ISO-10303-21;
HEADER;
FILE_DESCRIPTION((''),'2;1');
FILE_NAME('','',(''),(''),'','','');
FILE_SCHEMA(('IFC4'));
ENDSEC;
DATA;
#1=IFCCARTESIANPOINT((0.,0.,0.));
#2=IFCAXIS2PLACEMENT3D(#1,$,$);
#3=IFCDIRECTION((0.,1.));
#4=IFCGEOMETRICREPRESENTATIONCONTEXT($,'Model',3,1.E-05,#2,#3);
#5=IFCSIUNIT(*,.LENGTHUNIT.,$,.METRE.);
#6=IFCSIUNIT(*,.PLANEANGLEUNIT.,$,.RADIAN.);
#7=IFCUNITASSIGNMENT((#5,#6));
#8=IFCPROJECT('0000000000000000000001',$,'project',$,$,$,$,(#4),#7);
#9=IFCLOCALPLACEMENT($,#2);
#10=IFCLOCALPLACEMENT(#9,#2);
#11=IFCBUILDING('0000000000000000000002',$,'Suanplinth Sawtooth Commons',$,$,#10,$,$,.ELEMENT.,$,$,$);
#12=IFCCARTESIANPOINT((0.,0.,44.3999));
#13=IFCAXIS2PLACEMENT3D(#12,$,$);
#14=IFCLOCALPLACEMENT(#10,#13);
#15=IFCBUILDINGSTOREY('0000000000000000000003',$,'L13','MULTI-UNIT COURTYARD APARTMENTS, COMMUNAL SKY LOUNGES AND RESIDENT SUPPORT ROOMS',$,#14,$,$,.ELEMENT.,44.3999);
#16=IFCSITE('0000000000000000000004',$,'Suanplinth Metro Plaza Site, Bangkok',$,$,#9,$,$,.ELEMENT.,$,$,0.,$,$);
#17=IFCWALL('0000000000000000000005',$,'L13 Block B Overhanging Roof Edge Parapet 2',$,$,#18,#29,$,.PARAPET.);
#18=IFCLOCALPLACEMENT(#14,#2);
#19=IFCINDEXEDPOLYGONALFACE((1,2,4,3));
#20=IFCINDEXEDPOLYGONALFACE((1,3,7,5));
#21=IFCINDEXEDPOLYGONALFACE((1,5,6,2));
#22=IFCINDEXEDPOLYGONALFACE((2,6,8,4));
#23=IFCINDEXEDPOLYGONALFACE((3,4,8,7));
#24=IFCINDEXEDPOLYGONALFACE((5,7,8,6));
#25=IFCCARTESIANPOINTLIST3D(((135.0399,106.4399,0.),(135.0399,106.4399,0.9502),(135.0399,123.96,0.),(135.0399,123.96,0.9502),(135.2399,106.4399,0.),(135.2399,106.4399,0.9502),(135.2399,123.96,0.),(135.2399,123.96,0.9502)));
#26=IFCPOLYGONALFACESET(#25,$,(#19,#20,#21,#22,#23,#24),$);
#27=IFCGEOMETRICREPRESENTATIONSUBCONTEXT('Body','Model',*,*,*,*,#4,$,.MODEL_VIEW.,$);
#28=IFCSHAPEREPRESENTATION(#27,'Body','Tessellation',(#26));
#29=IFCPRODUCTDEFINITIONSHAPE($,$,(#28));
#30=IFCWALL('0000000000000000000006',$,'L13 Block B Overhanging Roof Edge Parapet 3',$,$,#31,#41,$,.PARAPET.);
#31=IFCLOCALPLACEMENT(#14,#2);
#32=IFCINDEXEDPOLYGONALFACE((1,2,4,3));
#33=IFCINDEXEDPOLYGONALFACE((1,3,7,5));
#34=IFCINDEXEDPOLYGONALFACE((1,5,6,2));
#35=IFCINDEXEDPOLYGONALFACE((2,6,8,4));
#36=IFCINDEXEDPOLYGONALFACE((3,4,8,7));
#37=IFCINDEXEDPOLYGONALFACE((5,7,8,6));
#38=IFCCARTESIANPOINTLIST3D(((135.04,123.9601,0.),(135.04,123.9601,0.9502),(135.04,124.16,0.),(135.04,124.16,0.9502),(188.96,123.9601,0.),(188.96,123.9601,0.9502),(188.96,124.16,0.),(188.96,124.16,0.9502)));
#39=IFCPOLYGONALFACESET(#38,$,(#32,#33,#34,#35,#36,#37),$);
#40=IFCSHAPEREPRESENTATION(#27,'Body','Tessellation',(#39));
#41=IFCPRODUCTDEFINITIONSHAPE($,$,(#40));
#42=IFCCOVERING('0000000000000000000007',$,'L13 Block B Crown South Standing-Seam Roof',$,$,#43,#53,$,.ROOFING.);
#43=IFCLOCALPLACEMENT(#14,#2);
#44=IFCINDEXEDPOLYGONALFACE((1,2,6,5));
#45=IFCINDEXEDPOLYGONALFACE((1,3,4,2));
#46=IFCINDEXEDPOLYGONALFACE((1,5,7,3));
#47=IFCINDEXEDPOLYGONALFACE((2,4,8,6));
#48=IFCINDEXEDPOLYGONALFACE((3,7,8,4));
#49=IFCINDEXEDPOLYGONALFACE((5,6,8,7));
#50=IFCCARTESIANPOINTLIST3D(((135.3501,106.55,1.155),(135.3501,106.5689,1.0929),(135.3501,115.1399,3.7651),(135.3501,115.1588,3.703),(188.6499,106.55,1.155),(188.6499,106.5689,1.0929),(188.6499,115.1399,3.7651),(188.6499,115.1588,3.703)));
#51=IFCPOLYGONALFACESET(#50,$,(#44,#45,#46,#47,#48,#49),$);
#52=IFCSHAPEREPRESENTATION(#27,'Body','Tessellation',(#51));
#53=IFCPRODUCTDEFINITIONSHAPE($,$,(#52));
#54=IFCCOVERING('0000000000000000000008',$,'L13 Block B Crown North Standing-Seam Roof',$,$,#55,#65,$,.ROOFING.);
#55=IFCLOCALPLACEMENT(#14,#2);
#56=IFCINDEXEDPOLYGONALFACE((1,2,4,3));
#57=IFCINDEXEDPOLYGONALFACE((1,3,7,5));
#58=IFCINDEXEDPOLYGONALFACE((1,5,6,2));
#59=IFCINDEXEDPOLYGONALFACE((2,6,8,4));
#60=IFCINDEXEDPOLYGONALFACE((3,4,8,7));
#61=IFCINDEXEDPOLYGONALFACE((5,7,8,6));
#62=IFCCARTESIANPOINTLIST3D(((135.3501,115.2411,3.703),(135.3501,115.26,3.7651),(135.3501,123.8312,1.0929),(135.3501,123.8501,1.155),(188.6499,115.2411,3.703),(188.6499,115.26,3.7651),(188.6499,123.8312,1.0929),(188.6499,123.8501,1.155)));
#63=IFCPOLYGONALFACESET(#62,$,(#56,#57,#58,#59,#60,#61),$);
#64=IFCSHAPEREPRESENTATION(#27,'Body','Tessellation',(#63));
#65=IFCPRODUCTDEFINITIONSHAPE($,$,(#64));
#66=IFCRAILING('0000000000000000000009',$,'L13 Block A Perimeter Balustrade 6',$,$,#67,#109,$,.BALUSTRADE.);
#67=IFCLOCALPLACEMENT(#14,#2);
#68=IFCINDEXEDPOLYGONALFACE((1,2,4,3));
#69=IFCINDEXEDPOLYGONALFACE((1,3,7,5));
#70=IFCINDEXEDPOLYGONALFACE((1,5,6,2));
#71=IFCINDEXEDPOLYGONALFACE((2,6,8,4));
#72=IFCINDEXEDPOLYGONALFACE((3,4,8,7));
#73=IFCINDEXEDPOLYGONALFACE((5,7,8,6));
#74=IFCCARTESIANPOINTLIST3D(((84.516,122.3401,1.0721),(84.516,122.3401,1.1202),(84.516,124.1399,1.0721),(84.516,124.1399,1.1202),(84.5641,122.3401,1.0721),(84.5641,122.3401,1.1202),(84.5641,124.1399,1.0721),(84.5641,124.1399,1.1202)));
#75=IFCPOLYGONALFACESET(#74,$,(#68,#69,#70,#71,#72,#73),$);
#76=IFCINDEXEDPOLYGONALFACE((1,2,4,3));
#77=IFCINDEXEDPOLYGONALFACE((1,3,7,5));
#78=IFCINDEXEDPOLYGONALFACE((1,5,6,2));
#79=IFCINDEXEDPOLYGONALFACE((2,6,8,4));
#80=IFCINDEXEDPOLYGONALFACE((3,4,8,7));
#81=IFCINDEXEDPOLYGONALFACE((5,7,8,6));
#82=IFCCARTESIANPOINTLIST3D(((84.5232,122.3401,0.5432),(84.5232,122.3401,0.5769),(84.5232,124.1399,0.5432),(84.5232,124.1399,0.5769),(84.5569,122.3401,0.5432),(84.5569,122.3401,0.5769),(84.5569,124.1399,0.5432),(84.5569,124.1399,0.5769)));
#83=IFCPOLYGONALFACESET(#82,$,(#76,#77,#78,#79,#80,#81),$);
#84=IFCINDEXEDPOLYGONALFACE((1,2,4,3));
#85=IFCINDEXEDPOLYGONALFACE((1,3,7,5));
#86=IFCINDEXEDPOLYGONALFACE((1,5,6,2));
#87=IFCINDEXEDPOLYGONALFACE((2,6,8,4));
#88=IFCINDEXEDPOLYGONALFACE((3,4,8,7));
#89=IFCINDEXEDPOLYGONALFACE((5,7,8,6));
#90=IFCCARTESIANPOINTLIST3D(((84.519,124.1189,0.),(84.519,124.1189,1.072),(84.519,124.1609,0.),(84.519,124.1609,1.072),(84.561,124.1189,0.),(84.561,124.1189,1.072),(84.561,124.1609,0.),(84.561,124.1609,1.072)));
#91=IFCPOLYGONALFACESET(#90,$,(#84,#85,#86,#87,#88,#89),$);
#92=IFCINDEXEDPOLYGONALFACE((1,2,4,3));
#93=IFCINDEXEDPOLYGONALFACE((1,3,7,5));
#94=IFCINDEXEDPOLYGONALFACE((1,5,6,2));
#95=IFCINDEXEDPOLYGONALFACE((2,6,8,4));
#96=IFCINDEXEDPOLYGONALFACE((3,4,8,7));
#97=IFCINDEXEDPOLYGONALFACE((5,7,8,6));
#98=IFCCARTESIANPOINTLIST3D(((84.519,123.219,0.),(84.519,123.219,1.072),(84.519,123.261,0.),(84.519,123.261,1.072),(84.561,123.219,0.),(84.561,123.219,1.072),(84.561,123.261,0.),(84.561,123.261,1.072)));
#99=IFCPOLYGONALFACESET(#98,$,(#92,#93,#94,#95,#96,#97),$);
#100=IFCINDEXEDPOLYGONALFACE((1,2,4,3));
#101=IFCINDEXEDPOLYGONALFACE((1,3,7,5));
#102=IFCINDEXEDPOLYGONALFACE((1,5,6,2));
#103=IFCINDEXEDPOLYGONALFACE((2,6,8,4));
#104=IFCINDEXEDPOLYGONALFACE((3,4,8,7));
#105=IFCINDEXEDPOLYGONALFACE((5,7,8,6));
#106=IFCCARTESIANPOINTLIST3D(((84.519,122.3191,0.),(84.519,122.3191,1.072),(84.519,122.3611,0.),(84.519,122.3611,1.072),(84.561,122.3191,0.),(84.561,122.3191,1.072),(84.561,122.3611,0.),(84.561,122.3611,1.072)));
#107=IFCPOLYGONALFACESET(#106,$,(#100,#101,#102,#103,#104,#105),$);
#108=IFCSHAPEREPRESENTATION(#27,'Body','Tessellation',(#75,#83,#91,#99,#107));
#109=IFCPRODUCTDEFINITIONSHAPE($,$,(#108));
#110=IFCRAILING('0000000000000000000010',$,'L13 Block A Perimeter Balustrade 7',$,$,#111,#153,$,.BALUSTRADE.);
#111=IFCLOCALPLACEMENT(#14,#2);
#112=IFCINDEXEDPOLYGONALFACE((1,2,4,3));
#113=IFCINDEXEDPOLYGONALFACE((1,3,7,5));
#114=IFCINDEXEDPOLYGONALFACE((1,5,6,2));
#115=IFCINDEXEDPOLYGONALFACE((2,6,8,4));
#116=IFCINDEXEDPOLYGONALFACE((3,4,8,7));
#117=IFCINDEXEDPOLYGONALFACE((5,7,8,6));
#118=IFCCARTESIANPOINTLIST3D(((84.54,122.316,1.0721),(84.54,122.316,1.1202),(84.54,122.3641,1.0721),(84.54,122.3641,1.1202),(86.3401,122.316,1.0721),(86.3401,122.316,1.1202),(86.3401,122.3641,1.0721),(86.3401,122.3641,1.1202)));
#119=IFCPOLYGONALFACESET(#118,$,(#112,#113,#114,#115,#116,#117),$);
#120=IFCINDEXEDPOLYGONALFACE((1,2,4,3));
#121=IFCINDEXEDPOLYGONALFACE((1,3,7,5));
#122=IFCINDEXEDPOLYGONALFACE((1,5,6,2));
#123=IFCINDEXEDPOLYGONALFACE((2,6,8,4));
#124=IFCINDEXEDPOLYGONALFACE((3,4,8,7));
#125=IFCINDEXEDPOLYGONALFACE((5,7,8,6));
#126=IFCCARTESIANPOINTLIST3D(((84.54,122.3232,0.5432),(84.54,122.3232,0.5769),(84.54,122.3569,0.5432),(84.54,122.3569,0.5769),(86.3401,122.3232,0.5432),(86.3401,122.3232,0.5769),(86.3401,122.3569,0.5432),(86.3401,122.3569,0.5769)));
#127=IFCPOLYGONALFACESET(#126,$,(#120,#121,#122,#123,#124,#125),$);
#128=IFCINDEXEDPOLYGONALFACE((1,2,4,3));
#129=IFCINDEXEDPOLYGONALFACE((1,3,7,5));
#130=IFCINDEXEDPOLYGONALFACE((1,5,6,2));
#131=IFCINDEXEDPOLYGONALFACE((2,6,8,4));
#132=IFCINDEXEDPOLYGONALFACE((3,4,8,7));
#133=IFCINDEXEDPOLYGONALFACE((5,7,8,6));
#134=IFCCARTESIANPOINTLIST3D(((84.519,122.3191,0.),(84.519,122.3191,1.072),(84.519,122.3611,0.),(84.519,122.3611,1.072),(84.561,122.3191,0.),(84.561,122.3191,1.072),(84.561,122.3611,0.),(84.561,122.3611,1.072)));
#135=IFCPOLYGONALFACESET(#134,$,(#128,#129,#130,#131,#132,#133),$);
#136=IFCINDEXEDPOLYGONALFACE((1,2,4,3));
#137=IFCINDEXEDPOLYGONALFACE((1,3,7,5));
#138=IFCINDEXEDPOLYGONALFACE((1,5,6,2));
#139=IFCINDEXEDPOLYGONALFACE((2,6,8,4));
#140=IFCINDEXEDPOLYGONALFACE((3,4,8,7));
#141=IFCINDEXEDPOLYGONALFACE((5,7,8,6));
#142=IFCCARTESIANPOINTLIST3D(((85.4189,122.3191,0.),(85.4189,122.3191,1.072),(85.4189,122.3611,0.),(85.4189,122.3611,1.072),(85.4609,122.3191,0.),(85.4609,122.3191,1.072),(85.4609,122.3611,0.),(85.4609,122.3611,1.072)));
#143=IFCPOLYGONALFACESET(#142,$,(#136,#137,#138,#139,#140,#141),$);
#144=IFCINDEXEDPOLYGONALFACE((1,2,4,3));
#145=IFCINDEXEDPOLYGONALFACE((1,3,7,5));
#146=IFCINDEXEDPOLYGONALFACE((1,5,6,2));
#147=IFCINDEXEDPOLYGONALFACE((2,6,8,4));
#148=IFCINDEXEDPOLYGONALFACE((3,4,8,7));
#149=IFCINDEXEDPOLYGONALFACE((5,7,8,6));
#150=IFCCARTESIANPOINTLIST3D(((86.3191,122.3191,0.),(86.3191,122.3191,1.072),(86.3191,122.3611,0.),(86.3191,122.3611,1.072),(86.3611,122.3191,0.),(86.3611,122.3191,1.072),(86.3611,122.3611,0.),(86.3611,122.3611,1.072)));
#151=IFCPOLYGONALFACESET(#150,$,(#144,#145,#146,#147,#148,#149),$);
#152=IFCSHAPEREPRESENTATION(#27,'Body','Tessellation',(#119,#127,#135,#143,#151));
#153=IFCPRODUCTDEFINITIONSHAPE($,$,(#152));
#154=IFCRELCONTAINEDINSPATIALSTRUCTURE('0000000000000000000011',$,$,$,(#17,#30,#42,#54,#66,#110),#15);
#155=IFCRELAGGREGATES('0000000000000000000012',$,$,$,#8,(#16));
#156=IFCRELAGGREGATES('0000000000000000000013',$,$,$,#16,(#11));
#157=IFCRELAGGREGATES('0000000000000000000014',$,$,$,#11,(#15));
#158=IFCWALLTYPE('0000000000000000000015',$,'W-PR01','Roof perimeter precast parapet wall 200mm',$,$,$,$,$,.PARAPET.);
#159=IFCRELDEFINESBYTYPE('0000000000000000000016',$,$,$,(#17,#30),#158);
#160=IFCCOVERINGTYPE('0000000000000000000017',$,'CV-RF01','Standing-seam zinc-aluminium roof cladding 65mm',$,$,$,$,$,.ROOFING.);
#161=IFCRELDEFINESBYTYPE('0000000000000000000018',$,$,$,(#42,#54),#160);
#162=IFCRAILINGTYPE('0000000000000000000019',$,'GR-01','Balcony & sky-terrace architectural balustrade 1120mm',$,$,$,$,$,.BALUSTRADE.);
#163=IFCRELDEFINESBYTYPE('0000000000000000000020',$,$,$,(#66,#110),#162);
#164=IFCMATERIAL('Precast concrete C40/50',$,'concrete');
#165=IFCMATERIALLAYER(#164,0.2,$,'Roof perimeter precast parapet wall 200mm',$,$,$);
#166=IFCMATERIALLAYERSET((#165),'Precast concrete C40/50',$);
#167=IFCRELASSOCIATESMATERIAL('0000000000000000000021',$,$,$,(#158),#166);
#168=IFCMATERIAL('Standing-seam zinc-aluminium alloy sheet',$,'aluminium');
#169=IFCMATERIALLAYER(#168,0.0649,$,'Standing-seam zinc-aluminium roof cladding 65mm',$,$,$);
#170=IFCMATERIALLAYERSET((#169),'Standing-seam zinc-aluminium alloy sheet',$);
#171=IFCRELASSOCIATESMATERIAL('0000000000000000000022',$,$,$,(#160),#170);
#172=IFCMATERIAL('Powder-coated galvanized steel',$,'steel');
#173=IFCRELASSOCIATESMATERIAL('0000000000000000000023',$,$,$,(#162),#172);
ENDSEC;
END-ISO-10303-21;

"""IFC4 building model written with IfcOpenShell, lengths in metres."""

from ifc_helpers import new_model, si_unit, direction, frame, frame_2d, origin, origin_2d, place, context, subcontext, project, spatial, polyline, rectangle, outline, extrude, material, layer, layer_set, type_object, element, save


model = new_model("IFC4")

# Units and contexts
model_context = context("Model", 3, precision=1e-05, world=origin(), true_north=direction((0.0, 1.0)))
body_context = subcontext(model_context, "Body", "Model", "MODEL_VIEW")
ifc_project = project(units=[si_unit("LENGTHUNIT", "METRE"), si_unit("PLANEANGLEUNIT", "RADIAN")], contexts=[model_context])

# Site, building, storey
site_placement = place(None, origin())
site = spatial("IfcSite", under=ifc_project, at=site_placement, Name="Suanplinth Metro Plaza Site, Bangkok", CompositionType="ELEMENT", RefElevation=0.0)
building_placement = place(site_placement, origin())
building = spatial("IfcBuilding", under=site, at=building_placement, Name="Suanplinth Sawtooth Commons", CompositionType="ELEMENT")
storey_placement = place(building_placement, frame((0.0, 0.0, 44.3999)))
storey = spatial("IfcBuildingStorey", under=building, at=storey_placement, Name="L13", Description="MULTI-UNIT COURTYARD APARTMENTS, COMMUNAL SKY LOUNGES AND RESIDENT SUPPORT ROOMS", CompositionType="ELEMENT", Elevation=44.3999)

# Shared definitions
ifc_material_1 = material(Name="Precast concrete C40/50", Category="concrete")

# Walls
ifc_layer_1 = layer(ifc_material_1, 0.2, Name="Roof perimeter precast parapet wall 200mm")
ifc_layer_set_1 = layer_set([ifc_layer_1], Name="Precast concrete C40/50")
wall_type_1 = type_object("IfcWallType", Name="W-PR01", Description="Roof perimeter precast parapet wall 200mm", PredefinedType="PARAPET", material=ifc_layer_set_1)
wall_1_placement = place(storey_placement, frame((135.1399, 106.4399, 0.0), z_axis=(0.0, 0.0, 1.0), x_axis=(0.0, 1.0, 0.0)))
element("IfcWall", 1, at=wall_1_placement, inside=storey, type_object=wall_type_1, Name="L13 Block B Overhanging Roof Edge Parapet 2", PredefinedType="PARAPET", context=body_context, shape_type="SweptSolid", body=[
    extrude(rectangle(XDim=17.52, YDim=0.2, at=frame_2d((8.76, 0.0))), origin(), (0.0, 0.0, 1.0), 0.9502),
])
wall_2_placement = place(storey_placement, frame((135.04, 124.0601, 0.0), z_axis=(0.0, 0.0, 1.0), x_axis=(1.0, 0.0, 0.0)))
element("IfcWall", 2, at=wall_2_placement, inside=storey, type_object=wall_type_1, Name="L13 Block B Overhanging Roof Edge Parapet 3", PredefinedType="PARAPET", context=body_context, shape_type="SweptSolid", body=[
    extrude(rectangle(XDim=53.9199, YDim=0.2, at=frame_2d((26.96, 0.0))), origin(), (0.0, 0.0, 1.0), 0.9502),
])

# Coverings
ifc_material_2 = material(Name="Standing-seam zinc-aluminium alloy sheet", Category="aluminium")
ifc_layer_2 = layer(ifc_material_2, 0.0649, Name="Standing-seam zinc-aluminium roof cladding 65mm")
ifc_layer_set_2 = layer_set([ifc_layer_2], Name="Standing-seam zinc-aluminium alloy sheet")
covering_type = type_object("IfcCoveringType", Name="CV-RF01", Description="Standing-seam zinc-aluminium roof cladding 65mm", PredefinedType="ROOFING", material=ifc_layer_set_2)
covering_1_placement = place(storey_placement, frame((135.3501, 106.55, 1.155), z_axis=(0.0, -0.290734, 0.956804), x_axis=(1.0, 0.0, 0.0)))
element("IfcCovering", 3, at=covering_1_placement, inside=storey, type_object=covering_type, Name="L13 Block B Crown South Standing-Seam Roof", PredefinedType="ROOFING", context=body_context, shape_type="SweptSolid", body=[
    extrude(outline(polyline([(0.0, 0.0), (53.2998, 0.0), (53.2998, 8.9776), (0.0, 8.9776), (0.0, 0.0)])), origin(), (0.0, 0.0, -1.0), 0.0649),
])
covering_2_placement = place(storey_placement, frame((135.3501, 123.8501, 1.155), z_axis=(0.0, 0.290727, 0.956806), x_axis=(1.0, 0.0, 0.0)))
element("IfcCovering", 4, at=covering_2_placement, inside=storey, type_object=covering_type, Name="L13 Block B Crown North Standing-Seam Roof", PredefinedType="ROOFING", context=body_context, shape_type="SweptSolid", body=[
    extrude(outline(polyline([(0.0, 0.0), (53.2998, 0.0), (53.2998, -8.9779), (0.0, -8.9779), (0.0, 0.0)])), origin(), (0.0, 0.0, -1.0), 0.0649),
])

# Railings
ifc_material_3 = material(Name="Powder-coated galvanized steel", Category="steel")
railing_type = type_object("IfcRailingType", Name="GR-01", Description="Balcony & sky-terrace architectural balustrade 1120mm", PredefinedType="BALUSTRADE", material=ifc_material_3)
railing_1_placement = place(storey_placement, frame((84.54, 124.1399, 0.0)))
element("IfcRailing", 5, at=railing_1_placement, inside=storey, type_object=railing_type, Name="L13 Block A Perimeter Balustrade 6", PredefinedType="BALUSTRADE", context=body_context, shape_type="SweptSolid", body=[
    extrude(rectangle(XDim=0.0481, YDim=0.0481, at=origin_2d()), frame((0.0, 0.0, 1.0962), z_axis=(0.0, -1.0, 0.0), x_axis=(1.0, 0.0, 0.0)), (0.0, 0.0, 1.0), 1.7998),
    extrude(rectangle(XDim=0.0337, YDim=0.0337, at=origin_2d()), frame((0.0, 0.0, 0.5601), z_axis=(0.0, -1.0, 0.0), x_axis=(1.0, 0.0, 0.0)), (0.0, 0.0, 1.0), 1.7998),
    extrude(rectangle(XDim=0.042, YDim=0.042, at=origin_2d()), origin(), (0.0, 0.0, 1.0), 1.072),
    extrude(rectangle(XDim=0.042, YDim=0.042, at=origin_2d()), frame((0.0, -0.8999, 0.0)), (0.0, 0.0, 1.0), 1.072),
    extrude(rectangle(XDim=0.042, YDim=0.042, at=origin_2d()), frame((0.0, -1.7998, 0.0)), (0.0, 0.0, 1.0), 1.072),
])
railing_2_placement = place(storey_placement, frame((84.54, 122.3401, 0.0)))
element("IfcRailing", 6, at=railing_2_placement, inside=storey, type_object=railing_type, Name="L13 Block A Perimeter Balustrade 7", PredefinedType="BALUSTRADE", context=body_context, shape_type="SweptSolid", body=[
    extrude(rectangle(XDim=0.0481, YDim=0.0481, at=origin_2d()), frame((0.0, 0.0, 1.0962), z_axis=(1.0, 0.0, 0.0), x_axis=(0.0, 1.0, 0.0)), (0.0, 0.0, 1.0), 1.8),
    extrude(rectangle(XDim=0.0337, YDim=0.0337, at=origin_2d()), frame((0.0, 0.0, 0.5601), z_axis=(1.0, 0.0, 0.0), x_axis=(0.0, 1.0, 0.0)), (0.0, 0.0, 1.0), 1.8),
    extrude(rectangle(XDim=0.042, YDim=0.042, at=origin_2d()), origin(), (0.0, 0.0, 1.0), 1.072),
    extrude(rectangle(XDim=0.042, YDim=0.042, at=origin_2d()), frame((0.8999, 0.0, 0.0)), (0.0, 0.0, 1.0), 1.072),
    extrude(rectangle(XDim=0.042, YDim=0.042, at=origin_2d()), frame((1.8, 0.0, 0.0)), (0.0, 0.0, 1.0), 1.072),
])

save(model, "model.ifc")
